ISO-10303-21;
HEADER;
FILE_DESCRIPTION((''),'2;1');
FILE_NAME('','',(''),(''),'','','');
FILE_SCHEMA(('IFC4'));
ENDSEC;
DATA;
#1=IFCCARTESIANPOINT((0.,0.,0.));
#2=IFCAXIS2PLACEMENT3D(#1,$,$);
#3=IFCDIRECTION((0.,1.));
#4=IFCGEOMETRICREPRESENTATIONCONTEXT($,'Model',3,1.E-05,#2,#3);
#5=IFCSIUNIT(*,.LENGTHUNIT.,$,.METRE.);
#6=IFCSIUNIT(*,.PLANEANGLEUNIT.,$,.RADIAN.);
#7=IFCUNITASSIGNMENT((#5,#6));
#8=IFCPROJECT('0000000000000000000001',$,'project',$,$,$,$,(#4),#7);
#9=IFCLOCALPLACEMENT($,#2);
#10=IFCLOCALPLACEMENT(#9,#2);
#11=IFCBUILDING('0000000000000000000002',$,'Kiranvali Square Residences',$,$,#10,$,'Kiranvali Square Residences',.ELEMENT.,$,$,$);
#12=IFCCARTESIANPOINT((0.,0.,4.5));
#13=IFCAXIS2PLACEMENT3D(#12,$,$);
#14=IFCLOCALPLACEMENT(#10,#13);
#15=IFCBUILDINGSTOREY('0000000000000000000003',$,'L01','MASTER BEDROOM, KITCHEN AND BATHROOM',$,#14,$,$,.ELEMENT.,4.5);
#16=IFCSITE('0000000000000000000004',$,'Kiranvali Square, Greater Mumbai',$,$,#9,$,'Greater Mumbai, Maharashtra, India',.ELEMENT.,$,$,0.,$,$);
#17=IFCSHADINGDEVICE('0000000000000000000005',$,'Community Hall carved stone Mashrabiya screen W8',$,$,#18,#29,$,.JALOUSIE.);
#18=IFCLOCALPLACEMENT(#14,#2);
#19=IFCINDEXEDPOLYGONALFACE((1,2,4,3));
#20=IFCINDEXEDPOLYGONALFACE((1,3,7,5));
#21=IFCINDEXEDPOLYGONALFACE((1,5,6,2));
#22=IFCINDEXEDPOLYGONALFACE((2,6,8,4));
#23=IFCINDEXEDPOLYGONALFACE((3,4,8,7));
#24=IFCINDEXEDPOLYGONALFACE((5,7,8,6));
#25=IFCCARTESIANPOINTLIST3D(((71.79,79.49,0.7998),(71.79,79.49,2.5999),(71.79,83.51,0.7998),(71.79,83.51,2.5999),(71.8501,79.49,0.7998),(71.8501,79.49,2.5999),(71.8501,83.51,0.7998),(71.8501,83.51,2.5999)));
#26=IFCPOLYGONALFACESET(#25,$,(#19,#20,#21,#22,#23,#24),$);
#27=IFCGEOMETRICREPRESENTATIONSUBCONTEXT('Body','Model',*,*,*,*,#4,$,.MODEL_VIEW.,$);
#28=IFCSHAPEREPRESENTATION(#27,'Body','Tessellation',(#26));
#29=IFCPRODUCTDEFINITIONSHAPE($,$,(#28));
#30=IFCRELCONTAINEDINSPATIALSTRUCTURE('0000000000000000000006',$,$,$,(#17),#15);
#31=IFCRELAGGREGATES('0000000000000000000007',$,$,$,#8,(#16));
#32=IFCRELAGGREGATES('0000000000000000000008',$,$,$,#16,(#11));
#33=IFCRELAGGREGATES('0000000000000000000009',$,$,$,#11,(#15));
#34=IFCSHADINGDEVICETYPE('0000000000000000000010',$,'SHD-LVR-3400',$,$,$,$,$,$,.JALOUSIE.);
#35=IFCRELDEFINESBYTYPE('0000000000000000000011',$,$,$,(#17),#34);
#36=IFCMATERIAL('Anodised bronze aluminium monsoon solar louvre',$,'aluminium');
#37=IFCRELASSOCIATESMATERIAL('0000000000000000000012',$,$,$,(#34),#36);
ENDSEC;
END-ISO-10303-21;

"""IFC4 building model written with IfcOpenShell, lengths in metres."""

from ifc_helpers import new_model, si_unit, direction, frame, origin, origin_2d, place, context, subcontext, project, spatial, rectangle, extrude, material, type_object, element, save


model = new_model("IFC4")

# Units and contexts
model_context = context("Model", 3, precision=1e-05, world=origin(), true_north=direction((0.0, 1.0)))
body_context = subcontext(model_context, "Body", "Model", "MODEL_VIEW")
ifc_project = project(units=[si_unit("LENGTHUNIT", "METRE"), si_unit("PLANEANGLEUNIT", "RADIAN")], contexts=[model_context])

# Site, building, storey
site_placement = place(None, origin())
site = spatial("IfcSite", under=ifc_project, at=site_placement, Name="Kiranvali Square, Greater Mumbai", LongName="Greater Mumbai, Maharashtra, India", CompositionType="ELEMENT", RefElevation=0.0)
building_placement = place(site_placement, origin())
building = spatial("IfcBuilding", under=site, at=building_placement, Name="Kiranvali Square Residences", LongName="Kiranvali Square Residences", CompositionType="ELEMENT")
storey_placement = place(building_placement, frame((0.0, 0.0, 4.5)))
storey = spatial("IfcBuildingStorey", under=building, at=storey_placement, Name="L01", Description="MASTER BEDROOM, KITCHEN AND BATHROOM", CompositionType="ELEMENT", Elevation=4.5)

# Shading device
ifc_material_1 = material(Name="Anodised bronze aluminium monsoon solar louvre", Category="aluminium")
shading_device_type_1 = type_object("IfcShadingDeviceType", Name="SHD-LVR-3400", PredefinedType="JALOUSIE", material=ifc_material_1)
shading_device_1_placement = place(storey_placement, frame((71.8201, 81.5, 0.7998), z_axis=(0.0, 0.0, 1.0), x_axis=(1.0, 0.0, 0.0)))
element("IfcShadingDevice", 1, at=shading_device_1_placement, inside=storey, type_object=shading_device_type_1, Name="Community Hall carved stone Mashrabiya screen W8", PredefinedType="JALOUSIE", context=body_context, shape_type="SweptSolid", body=[
    extrude(rectangle(XDim=0.0601, YDim=4.02, at=origin_2d()), origin(), (0.0, 0.0, 1.0), 1.8),
])

save(model, "model.ifc")
